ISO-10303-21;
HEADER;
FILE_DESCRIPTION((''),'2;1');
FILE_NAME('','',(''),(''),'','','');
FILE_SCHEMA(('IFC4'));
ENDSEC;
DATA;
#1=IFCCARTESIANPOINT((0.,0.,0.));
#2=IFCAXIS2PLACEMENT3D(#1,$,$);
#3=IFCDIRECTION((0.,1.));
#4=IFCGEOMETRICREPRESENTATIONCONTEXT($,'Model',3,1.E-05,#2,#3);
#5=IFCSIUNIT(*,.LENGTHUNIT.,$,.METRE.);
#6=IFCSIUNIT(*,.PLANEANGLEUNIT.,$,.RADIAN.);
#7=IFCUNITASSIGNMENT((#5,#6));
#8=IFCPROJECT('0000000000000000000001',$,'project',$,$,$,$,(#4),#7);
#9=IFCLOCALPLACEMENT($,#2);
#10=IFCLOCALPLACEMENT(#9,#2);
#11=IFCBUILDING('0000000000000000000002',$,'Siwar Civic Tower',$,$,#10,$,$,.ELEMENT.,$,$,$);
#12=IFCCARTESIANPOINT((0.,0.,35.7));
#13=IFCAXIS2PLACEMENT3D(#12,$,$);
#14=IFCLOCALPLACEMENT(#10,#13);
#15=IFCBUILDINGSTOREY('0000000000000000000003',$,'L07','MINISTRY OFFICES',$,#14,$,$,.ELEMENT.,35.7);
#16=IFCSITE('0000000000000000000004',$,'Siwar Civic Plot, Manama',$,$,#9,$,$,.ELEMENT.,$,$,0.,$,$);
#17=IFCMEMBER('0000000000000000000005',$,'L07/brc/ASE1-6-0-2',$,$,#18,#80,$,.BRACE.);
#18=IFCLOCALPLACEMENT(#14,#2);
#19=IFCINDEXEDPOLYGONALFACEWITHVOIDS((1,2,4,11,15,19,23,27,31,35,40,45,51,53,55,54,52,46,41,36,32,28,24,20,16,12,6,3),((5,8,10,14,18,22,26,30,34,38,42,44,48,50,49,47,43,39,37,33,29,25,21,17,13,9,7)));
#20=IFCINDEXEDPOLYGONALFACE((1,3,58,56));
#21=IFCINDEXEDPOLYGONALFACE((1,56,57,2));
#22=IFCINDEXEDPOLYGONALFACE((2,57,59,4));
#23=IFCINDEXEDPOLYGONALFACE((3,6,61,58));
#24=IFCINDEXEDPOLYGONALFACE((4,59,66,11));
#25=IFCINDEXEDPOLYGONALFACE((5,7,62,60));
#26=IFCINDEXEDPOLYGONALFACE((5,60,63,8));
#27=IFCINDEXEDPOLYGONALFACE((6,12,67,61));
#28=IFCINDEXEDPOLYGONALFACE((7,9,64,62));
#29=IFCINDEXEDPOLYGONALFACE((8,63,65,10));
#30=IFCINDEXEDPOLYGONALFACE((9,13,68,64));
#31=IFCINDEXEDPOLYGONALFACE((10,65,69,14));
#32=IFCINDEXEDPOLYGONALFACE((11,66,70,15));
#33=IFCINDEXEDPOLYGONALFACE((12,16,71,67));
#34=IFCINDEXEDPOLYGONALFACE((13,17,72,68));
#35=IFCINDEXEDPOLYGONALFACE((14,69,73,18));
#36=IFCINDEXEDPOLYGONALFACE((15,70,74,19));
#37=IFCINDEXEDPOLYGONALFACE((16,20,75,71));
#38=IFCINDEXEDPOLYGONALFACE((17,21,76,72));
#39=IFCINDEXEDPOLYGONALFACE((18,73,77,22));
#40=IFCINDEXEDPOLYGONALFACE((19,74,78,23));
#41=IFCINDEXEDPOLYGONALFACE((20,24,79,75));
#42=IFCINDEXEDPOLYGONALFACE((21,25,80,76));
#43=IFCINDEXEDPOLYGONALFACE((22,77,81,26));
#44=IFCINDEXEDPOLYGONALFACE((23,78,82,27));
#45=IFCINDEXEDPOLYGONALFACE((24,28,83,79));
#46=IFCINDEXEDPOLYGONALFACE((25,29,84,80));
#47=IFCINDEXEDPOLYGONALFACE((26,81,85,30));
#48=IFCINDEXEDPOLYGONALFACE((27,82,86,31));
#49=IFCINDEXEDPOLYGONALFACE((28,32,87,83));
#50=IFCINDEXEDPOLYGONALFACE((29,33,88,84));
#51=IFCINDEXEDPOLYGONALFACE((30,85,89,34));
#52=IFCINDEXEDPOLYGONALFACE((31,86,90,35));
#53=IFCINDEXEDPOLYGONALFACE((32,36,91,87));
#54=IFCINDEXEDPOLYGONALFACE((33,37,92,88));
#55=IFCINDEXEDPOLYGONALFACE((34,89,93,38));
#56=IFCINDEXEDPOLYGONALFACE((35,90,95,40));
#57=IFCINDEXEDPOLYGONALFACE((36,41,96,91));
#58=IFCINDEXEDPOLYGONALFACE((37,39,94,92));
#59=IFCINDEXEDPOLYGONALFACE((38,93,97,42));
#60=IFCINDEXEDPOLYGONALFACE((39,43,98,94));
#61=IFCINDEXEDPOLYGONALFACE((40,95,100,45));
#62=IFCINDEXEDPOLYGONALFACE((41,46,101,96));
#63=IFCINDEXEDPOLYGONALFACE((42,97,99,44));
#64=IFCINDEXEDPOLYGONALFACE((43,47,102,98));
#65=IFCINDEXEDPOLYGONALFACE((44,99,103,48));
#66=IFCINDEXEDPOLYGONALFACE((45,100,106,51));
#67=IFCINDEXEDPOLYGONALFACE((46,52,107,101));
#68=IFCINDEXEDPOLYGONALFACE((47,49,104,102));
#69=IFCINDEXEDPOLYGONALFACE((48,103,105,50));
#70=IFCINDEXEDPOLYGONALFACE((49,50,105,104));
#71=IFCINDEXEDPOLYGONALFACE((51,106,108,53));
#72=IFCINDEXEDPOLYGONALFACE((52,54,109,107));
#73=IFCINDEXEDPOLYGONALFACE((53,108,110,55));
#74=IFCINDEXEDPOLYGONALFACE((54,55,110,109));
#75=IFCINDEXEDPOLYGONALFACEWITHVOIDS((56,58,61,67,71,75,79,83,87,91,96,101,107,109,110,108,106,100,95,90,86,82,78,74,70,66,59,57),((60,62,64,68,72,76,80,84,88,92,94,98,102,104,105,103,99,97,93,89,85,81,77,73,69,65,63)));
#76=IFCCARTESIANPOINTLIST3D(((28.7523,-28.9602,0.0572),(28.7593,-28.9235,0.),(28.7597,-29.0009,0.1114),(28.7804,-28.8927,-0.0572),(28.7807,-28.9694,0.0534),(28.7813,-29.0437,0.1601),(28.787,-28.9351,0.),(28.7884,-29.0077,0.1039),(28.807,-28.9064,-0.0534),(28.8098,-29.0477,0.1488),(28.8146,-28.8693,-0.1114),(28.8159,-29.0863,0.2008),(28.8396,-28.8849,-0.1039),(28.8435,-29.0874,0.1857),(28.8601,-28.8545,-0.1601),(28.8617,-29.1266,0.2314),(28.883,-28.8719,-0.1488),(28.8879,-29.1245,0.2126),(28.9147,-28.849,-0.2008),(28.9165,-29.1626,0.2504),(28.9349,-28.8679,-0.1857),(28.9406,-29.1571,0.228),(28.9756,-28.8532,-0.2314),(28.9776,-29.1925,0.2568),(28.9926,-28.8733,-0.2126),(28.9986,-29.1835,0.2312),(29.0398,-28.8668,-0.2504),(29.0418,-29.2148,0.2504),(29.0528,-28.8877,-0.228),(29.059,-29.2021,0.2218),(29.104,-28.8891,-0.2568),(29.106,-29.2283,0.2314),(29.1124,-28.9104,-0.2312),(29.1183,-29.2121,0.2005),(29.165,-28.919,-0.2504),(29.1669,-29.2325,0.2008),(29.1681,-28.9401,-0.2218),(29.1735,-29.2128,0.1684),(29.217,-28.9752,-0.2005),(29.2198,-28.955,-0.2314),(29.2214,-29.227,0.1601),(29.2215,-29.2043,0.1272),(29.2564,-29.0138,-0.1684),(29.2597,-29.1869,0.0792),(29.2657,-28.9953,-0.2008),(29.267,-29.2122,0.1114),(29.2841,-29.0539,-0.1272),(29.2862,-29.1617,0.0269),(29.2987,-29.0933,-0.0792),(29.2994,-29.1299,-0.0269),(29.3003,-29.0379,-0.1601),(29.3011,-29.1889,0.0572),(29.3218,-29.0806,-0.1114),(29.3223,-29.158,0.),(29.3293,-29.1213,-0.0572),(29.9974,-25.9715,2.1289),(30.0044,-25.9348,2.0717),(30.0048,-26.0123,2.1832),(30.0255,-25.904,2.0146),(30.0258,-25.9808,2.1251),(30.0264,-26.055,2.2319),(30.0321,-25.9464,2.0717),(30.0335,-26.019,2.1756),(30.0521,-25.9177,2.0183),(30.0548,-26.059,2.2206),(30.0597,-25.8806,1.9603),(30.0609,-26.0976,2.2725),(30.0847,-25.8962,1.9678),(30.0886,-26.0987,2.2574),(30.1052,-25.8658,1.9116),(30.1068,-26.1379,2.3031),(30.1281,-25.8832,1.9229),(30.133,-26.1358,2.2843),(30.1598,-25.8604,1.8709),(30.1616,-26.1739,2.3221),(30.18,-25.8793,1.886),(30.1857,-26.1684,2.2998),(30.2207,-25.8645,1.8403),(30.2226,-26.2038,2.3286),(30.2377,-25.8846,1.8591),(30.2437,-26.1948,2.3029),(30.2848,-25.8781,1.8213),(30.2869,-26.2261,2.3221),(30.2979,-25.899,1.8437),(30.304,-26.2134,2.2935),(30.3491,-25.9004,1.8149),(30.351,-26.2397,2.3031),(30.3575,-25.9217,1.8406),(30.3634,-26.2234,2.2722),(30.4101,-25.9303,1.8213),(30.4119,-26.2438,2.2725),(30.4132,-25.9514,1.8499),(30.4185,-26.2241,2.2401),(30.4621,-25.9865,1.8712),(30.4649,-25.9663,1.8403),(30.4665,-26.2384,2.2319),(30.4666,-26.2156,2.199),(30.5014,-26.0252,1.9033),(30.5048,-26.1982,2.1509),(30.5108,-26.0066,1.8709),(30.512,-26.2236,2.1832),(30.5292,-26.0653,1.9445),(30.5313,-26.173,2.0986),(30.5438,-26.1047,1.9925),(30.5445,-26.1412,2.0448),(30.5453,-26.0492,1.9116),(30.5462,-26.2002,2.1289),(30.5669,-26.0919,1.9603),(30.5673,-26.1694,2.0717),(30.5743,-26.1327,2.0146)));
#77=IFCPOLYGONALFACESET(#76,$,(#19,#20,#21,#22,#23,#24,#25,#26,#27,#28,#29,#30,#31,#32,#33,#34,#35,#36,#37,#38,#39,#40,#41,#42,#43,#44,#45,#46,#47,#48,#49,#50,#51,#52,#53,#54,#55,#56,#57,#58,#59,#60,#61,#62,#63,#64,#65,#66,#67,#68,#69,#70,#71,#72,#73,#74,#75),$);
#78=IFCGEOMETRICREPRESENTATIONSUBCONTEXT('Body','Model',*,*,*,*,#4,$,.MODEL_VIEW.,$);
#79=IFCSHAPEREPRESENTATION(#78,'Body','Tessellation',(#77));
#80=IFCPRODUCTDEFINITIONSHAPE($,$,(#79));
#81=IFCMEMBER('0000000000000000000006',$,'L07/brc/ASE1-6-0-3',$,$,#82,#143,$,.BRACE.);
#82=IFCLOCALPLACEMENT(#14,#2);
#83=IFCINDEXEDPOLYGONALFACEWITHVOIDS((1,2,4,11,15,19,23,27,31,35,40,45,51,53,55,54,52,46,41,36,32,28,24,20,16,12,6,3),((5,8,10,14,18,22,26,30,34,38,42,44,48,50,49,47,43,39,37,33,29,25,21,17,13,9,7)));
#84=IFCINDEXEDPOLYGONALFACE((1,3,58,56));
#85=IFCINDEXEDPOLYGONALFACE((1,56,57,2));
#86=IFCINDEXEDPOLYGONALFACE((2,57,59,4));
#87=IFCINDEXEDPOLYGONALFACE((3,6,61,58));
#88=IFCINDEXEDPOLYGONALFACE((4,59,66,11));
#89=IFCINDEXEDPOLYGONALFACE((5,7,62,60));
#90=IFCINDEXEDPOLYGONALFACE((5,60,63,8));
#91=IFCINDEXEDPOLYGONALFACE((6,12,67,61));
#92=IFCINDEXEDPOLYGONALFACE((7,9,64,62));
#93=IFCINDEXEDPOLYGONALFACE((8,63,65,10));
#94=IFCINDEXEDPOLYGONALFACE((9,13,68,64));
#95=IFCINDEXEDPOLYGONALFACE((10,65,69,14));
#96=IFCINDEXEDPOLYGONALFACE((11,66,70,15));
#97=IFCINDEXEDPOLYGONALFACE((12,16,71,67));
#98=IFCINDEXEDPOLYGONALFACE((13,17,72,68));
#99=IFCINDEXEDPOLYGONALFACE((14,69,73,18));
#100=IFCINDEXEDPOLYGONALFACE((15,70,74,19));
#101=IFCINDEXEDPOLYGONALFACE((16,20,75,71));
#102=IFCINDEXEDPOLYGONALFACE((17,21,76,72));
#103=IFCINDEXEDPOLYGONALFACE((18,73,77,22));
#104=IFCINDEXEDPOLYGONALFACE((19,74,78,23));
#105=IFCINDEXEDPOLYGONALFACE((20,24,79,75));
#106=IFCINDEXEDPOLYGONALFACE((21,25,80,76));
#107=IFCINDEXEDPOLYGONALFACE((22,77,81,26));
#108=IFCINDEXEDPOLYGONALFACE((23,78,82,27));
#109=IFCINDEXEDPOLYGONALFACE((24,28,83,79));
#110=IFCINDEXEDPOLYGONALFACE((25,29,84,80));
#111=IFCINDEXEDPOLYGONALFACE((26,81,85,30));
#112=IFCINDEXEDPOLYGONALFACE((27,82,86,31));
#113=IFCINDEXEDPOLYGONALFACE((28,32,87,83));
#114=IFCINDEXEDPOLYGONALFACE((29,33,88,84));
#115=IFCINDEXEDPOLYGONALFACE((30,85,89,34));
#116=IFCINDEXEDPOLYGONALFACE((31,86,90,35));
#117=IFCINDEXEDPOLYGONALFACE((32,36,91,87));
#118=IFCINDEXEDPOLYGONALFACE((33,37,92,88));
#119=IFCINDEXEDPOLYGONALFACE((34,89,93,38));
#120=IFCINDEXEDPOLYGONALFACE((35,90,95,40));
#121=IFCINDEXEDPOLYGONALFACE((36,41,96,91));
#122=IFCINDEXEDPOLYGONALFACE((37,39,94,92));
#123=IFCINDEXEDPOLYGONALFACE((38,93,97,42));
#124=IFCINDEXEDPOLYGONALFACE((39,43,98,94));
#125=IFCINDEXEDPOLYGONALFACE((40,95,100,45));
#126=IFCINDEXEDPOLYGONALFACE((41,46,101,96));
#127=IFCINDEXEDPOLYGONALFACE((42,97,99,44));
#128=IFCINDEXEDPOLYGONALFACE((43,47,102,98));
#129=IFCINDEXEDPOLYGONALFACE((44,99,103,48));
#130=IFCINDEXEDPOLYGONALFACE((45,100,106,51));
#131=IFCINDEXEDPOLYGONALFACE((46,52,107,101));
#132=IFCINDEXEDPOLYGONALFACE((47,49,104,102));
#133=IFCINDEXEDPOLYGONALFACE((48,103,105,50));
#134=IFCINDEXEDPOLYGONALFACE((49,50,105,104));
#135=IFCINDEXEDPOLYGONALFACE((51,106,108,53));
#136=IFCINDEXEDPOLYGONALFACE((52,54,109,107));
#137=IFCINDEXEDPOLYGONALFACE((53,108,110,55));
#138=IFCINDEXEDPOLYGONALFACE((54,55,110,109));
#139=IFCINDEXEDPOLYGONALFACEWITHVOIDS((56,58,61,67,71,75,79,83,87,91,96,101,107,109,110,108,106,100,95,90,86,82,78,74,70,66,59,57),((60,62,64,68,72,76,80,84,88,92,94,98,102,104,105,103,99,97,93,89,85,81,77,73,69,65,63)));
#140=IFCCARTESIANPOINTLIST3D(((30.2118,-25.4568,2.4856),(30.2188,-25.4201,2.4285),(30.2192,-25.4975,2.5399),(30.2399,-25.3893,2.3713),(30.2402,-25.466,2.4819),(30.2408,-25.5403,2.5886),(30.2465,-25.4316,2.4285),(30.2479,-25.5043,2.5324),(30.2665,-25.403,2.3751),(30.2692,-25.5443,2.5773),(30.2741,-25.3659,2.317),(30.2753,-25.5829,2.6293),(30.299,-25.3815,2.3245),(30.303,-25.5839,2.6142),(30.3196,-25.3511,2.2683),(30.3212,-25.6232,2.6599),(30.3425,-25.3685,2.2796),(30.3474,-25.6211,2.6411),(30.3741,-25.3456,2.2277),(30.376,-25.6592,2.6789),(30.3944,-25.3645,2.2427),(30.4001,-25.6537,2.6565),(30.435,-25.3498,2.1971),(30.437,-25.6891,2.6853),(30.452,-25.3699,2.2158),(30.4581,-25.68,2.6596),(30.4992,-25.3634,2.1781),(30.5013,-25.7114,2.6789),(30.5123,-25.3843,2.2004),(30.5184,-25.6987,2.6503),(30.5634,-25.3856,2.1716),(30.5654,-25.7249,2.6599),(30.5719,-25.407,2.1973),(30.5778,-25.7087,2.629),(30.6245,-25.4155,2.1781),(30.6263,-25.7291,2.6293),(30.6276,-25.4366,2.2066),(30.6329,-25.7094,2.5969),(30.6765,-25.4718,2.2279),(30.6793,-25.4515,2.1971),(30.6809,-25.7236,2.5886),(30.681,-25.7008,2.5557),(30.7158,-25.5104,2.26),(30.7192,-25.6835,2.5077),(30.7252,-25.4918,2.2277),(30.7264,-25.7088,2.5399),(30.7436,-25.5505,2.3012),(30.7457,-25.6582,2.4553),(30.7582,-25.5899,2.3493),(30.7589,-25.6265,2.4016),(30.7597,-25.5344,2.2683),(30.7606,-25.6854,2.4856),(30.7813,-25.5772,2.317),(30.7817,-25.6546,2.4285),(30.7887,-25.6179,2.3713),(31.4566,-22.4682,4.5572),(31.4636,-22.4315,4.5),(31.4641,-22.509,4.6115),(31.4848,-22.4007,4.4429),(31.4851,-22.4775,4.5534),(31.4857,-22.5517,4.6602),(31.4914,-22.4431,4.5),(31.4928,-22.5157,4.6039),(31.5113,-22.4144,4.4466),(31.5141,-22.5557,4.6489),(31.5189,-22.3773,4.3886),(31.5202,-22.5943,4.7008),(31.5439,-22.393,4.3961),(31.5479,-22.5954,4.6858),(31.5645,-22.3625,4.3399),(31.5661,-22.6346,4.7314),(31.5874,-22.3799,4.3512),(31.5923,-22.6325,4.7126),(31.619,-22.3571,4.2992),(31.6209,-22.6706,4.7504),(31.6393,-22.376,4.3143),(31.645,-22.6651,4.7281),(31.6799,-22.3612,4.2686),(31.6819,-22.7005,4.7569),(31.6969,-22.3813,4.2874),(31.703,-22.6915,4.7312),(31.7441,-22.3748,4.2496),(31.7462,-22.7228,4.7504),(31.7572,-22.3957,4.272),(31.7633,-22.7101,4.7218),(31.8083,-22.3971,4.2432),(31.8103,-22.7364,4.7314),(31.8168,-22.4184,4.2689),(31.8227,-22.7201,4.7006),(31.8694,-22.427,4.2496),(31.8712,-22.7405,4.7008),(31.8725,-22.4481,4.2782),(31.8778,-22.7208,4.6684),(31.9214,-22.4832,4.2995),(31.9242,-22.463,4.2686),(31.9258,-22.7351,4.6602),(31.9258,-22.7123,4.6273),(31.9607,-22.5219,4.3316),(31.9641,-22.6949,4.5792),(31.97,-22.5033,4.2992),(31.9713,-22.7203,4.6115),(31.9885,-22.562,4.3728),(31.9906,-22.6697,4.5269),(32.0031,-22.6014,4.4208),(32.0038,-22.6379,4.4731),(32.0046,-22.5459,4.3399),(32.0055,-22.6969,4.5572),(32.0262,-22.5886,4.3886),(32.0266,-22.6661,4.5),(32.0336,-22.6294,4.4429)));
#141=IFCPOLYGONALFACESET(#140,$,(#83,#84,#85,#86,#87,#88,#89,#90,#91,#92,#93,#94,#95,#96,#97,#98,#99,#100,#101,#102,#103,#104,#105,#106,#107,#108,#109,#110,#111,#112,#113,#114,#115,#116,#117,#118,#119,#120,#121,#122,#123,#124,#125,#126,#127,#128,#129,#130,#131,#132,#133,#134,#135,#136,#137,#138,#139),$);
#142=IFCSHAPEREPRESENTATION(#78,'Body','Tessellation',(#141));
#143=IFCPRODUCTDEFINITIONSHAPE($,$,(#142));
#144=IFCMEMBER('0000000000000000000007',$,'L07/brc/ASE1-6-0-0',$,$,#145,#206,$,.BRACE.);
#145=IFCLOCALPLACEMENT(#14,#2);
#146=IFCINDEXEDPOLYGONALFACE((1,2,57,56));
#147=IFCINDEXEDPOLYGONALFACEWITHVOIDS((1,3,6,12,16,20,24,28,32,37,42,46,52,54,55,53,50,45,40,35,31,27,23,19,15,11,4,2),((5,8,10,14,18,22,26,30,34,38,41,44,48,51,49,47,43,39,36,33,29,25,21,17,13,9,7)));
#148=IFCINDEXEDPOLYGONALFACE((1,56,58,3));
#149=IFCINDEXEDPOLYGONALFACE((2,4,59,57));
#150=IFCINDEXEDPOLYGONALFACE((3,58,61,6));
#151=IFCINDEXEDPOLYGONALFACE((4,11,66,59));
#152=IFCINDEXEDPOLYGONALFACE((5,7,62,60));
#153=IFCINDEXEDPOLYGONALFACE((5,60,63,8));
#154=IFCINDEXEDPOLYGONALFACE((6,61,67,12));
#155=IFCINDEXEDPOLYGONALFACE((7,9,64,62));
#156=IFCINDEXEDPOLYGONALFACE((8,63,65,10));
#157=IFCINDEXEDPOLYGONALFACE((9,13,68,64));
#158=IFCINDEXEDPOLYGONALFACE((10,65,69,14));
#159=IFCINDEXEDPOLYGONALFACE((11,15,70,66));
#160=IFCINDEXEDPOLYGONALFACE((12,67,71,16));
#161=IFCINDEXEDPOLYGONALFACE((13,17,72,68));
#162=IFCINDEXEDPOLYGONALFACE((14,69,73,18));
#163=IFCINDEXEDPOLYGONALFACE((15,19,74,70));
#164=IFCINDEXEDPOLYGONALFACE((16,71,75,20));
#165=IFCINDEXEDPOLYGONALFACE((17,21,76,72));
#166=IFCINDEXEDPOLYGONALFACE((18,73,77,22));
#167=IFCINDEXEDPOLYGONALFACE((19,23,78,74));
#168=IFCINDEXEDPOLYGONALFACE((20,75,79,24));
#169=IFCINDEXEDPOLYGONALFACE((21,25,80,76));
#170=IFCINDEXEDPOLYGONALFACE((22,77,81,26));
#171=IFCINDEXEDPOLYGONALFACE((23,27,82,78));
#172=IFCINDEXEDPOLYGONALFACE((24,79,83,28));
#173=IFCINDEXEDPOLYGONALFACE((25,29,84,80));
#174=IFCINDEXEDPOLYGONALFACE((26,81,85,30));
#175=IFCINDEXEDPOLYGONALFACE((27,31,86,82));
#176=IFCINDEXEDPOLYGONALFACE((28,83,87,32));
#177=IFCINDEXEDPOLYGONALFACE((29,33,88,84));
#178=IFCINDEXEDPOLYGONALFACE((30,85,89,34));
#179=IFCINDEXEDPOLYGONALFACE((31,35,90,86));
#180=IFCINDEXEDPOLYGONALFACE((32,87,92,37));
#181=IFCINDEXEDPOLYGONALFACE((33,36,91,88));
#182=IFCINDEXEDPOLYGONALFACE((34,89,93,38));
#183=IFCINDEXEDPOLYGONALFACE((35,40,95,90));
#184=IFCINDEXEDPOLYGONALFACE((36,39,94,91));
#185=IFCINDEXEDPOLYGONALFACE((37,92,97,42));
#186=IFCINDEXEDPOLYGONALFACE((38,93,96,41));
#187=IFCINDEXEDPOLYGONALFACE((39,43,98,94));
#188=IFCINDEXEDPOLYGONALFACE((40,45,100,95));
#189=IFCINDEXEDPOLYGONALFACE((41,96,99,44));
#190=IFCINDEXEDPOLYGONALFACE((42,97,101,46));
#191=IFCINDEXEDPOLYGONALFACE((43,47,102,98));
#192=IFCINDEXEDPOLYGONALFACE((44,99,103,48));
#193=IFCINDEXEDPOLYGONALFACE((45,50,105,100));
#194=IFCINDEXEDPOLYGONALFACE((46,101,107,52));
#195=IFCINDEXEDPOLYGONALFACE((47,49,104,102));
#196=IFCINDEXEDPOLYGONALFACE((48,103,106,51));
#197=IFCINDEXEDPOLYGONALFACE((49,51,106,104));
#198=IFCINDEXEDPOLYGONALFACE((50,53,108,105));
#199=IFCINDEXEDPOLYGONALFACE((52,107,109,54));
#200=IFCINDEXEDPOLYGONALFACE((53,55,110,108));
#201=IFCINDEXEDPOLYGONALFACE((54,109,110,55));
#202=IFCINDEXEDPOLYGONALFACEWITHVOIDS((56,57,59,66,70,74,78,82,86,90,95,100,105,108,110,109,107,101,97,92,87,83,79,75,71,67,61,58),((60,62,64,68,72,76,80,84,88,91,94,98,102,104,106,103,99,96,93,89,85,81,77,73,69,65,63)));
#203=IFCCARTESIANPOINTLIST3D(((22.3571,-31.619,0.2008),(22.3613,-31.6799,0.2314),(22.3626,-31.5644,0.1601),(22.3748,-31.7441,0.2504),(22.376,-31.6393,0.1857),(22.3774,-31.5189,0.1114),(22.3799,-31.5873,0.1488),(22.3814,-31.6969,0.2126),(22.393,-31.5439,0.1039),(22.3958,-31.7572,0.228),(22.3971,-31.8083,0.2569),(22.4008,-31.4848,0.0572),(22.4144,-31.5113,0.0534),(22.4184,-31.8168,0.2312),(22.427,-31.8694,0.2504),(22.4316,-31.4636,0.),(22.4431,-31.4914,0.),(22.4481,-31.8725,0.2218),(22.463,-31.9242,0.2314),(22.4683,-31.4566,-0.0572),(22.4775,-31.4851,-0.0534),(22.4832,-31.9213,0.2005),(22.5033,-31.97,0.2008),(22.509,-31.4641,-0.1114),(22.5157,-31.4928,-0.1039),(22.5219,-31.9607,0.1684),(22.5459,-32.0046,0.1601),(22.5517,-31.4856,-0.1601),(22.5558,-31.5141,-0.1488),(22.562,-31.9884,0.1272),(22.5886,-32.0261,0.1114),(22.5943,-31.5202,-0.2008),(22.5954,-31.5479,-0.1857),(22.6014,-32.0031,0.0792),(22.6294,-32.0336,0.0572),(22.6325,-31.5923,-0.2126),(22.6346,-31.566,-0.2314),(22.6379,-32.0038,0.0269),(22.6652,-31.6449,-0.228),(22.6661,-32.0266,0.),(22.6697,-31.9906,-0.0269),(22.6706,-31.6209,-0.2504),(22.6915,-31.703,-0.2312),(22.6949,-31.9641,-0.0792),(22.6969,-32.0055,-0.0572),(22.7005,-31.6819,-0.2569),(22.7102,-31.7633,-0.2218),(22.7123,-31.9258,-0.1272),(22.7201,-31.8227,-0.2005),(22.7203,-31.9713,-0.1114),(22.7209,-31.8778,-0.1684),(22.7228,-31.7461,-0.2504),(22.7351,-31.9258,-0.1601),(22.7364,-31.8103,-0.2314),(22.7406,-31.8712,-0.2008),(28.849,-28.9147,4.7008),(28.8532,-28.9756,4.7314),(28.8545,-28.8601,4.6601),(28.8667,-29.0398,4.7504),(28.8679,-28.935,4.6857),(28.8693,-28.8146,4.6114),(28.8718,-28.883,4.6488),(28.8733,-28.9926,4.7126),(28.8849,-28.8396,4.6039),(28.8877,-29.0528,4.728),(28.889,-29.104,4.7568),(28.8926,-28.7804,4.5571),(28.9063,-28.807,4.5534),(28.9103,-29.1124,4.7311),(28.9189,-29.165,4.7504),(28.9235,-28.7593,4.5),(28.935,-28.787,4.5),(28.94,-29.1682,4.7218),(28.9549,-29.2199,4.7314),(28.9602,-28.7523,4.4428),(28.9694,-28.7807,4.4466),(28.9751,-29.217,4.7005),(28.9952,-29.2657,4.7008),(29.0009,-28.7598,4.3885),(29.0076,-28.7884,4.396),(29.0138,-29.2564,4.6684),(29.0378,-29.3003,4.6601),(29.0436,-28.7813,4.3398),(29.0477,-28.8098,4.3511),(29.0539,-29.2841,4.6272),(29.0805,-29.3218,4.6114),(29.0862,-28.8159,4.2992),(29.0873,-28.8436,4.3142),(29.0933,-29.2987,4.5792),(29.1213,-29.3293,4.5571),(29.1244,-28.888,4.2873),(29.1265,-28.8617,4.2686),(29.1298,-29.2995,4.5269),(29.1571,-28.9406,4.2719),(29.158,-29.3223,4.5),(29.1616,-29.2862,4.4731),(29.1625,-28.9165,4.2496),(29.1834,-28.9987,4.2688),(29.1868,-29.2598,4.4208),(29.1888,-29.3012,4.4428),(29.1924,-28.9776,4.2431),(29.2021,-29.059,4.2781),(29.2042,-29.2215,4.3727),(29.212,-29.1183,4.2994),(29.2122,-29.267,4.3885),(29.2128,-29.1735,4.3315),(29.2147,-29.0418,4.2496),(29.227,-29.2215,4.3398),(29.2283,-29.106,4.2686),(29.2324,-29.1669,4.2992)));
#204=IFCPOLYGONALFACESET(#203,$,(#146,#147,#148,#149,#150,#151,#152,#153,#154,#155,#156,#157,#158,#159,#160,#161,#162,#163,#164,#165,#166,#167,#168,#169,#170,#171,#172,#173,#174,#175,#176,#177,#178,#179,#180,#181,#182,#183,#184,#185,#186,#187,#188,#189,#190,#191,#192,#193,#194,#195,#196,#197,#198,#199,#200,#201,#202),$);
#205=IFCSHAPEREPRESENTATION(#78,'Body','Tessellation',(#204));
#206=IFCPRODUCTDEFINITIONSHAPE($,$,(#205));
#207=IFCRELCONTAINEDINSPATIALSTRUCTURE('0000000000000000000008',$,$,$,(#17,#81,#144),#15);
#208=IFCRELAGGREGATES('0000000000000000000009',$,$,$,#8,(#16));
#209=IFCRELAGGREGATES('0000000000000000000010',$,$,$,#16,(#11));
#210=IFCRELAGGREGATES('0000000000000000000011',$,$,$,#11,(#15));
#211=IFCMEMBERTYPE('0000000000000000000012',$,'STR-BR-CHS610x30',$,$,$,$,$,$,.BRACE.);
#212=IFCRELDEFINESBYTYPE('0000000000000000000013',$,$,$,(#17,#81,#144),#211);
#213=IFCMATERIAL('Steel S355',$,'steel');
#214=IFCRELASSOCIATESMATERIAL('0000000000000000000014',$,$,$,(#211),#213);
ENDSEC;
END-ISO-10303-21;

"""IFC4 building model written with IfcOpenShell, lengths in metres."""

from ifc_helpers import new_model, si_unit, direction, frame, origin, origin_2d, place, context, subcontext, project, spatial, hollow_circle, extrude, material, material_profile, profile_set, type_object, element, save


model = new_model("IFC4")

# Units and contexts
model_context = context("Model", 3, precision=1e-05, world=origin(), true_north=direction((0.0, 1.0)))
body_context = subcontext(model_context, "Body", "Model", "MODEL_VIEW")
ifc_project = project(units=[si_unit("LENGTHUNIT", "METRE"), si_unit("PLANEANGLEUNIT", "RADIAN")], contexts=[model_context])

# Site, building, storey
site_placement = place(None, origin())
site = spatial("IfcSite", under=ifc_project, at=site_placement, Name="Siwar Civic Plot, Manama", CompositionType="ELEMENT", RefElevation=0.0)
building_placement = place(site_placement, origin())
building = spatial("IfcBuilding", under=site, at=building_placement, Name="Siwar Civic Tower", CompositionType="ELEMENT")
storey_placement = place(building_placement, frame((0.0, 0.0, 35.7)))
storey = spatial("IfcBuildingStorey", under=building, at=storey_placement, Name="L07", Description="MINISTRY OFFICES", CompositionType="ELEMENT", Elevation=35.7)

# Members
ifc_material_1 = material(Name="Steel S355", Category="steel")
ifc_material_profile_1 = material_profile(ifc_material_1, hollow_circle(Radius=0.3049, WallThickness=0.03, at=origin_2d()), Name="CHS610x30")
ifc_profile_set_1 = profile_set([ifc_material_profile_1], Name="Steel S355")
member_type_1 = type_object("IfcMemberType", Name="STR-BR-CHS610x30", PredefinedType="BRACE", material=ifc_profile_set_1)
member_1_placement = place(storey_placement, frame((29.0408, -29.0408, 0.0), z_axis=(0.323923, 0.777542, 0.538982), x_axis=(-0.923099, 0.384562, 0.0)))
element("IfcMember", 1, at=member_1_placement, inside=storey, type_object=member_type_1, Name="L07/brc/ASE1-6-0-2", PredefinedType="BRACE", context=body_context, shape_type="SweptSolid", body=[
    extrude(hollow_circle(Radius=0.3049, WallThickness=0.03, at=origin_2d()), origin(), (0.0, 0.0, 1.0), 3.8438),
])
member_2_placement = place(storey_placement, frame((30.5002, -25.5374, 2.4285), z_axis=(0.323893, 0.77756, 0.538975), x_axis=(-0.923115, 0.384524, 0.0)))
element("IfcMember", 2, at=member_2_placement, inside=storey, type_object=member_type_1, Name="L07/brc/ASE1-6-0-3", PredefinedType="BRACE", context=body_context, shape_type="SweptSolid", body=[
    extrude(hollow_circle(Radius=0.3049, WallThickness=0.03, at=origin_2d()), origin(), (0.0, 0.0, 1.0), 3.8435),
])
member_3_placement = place(storey_placement, frame((22.5488, -31.7451, 0.0), z_axis=(0.777555, 0.323906, 0.538975), x_axis=(-0.384539, 0.923109, 0.0)))
element("IfcMember", 3, at=member_3_placement, inside=storey, type_object=member_type_1, Name="L07/brc/ASE1-6-0-0", PredefinedType="BRACE", context=body_context, shape_type="SweptSolid", body=[
    extrude(hollow_circle(Radius=0.3049, WallThickness=0.03, at=origin_2d()), origin(), (0.0, 0.0, 1.0), 8.3491),
])

save(model, "model.ifc")
